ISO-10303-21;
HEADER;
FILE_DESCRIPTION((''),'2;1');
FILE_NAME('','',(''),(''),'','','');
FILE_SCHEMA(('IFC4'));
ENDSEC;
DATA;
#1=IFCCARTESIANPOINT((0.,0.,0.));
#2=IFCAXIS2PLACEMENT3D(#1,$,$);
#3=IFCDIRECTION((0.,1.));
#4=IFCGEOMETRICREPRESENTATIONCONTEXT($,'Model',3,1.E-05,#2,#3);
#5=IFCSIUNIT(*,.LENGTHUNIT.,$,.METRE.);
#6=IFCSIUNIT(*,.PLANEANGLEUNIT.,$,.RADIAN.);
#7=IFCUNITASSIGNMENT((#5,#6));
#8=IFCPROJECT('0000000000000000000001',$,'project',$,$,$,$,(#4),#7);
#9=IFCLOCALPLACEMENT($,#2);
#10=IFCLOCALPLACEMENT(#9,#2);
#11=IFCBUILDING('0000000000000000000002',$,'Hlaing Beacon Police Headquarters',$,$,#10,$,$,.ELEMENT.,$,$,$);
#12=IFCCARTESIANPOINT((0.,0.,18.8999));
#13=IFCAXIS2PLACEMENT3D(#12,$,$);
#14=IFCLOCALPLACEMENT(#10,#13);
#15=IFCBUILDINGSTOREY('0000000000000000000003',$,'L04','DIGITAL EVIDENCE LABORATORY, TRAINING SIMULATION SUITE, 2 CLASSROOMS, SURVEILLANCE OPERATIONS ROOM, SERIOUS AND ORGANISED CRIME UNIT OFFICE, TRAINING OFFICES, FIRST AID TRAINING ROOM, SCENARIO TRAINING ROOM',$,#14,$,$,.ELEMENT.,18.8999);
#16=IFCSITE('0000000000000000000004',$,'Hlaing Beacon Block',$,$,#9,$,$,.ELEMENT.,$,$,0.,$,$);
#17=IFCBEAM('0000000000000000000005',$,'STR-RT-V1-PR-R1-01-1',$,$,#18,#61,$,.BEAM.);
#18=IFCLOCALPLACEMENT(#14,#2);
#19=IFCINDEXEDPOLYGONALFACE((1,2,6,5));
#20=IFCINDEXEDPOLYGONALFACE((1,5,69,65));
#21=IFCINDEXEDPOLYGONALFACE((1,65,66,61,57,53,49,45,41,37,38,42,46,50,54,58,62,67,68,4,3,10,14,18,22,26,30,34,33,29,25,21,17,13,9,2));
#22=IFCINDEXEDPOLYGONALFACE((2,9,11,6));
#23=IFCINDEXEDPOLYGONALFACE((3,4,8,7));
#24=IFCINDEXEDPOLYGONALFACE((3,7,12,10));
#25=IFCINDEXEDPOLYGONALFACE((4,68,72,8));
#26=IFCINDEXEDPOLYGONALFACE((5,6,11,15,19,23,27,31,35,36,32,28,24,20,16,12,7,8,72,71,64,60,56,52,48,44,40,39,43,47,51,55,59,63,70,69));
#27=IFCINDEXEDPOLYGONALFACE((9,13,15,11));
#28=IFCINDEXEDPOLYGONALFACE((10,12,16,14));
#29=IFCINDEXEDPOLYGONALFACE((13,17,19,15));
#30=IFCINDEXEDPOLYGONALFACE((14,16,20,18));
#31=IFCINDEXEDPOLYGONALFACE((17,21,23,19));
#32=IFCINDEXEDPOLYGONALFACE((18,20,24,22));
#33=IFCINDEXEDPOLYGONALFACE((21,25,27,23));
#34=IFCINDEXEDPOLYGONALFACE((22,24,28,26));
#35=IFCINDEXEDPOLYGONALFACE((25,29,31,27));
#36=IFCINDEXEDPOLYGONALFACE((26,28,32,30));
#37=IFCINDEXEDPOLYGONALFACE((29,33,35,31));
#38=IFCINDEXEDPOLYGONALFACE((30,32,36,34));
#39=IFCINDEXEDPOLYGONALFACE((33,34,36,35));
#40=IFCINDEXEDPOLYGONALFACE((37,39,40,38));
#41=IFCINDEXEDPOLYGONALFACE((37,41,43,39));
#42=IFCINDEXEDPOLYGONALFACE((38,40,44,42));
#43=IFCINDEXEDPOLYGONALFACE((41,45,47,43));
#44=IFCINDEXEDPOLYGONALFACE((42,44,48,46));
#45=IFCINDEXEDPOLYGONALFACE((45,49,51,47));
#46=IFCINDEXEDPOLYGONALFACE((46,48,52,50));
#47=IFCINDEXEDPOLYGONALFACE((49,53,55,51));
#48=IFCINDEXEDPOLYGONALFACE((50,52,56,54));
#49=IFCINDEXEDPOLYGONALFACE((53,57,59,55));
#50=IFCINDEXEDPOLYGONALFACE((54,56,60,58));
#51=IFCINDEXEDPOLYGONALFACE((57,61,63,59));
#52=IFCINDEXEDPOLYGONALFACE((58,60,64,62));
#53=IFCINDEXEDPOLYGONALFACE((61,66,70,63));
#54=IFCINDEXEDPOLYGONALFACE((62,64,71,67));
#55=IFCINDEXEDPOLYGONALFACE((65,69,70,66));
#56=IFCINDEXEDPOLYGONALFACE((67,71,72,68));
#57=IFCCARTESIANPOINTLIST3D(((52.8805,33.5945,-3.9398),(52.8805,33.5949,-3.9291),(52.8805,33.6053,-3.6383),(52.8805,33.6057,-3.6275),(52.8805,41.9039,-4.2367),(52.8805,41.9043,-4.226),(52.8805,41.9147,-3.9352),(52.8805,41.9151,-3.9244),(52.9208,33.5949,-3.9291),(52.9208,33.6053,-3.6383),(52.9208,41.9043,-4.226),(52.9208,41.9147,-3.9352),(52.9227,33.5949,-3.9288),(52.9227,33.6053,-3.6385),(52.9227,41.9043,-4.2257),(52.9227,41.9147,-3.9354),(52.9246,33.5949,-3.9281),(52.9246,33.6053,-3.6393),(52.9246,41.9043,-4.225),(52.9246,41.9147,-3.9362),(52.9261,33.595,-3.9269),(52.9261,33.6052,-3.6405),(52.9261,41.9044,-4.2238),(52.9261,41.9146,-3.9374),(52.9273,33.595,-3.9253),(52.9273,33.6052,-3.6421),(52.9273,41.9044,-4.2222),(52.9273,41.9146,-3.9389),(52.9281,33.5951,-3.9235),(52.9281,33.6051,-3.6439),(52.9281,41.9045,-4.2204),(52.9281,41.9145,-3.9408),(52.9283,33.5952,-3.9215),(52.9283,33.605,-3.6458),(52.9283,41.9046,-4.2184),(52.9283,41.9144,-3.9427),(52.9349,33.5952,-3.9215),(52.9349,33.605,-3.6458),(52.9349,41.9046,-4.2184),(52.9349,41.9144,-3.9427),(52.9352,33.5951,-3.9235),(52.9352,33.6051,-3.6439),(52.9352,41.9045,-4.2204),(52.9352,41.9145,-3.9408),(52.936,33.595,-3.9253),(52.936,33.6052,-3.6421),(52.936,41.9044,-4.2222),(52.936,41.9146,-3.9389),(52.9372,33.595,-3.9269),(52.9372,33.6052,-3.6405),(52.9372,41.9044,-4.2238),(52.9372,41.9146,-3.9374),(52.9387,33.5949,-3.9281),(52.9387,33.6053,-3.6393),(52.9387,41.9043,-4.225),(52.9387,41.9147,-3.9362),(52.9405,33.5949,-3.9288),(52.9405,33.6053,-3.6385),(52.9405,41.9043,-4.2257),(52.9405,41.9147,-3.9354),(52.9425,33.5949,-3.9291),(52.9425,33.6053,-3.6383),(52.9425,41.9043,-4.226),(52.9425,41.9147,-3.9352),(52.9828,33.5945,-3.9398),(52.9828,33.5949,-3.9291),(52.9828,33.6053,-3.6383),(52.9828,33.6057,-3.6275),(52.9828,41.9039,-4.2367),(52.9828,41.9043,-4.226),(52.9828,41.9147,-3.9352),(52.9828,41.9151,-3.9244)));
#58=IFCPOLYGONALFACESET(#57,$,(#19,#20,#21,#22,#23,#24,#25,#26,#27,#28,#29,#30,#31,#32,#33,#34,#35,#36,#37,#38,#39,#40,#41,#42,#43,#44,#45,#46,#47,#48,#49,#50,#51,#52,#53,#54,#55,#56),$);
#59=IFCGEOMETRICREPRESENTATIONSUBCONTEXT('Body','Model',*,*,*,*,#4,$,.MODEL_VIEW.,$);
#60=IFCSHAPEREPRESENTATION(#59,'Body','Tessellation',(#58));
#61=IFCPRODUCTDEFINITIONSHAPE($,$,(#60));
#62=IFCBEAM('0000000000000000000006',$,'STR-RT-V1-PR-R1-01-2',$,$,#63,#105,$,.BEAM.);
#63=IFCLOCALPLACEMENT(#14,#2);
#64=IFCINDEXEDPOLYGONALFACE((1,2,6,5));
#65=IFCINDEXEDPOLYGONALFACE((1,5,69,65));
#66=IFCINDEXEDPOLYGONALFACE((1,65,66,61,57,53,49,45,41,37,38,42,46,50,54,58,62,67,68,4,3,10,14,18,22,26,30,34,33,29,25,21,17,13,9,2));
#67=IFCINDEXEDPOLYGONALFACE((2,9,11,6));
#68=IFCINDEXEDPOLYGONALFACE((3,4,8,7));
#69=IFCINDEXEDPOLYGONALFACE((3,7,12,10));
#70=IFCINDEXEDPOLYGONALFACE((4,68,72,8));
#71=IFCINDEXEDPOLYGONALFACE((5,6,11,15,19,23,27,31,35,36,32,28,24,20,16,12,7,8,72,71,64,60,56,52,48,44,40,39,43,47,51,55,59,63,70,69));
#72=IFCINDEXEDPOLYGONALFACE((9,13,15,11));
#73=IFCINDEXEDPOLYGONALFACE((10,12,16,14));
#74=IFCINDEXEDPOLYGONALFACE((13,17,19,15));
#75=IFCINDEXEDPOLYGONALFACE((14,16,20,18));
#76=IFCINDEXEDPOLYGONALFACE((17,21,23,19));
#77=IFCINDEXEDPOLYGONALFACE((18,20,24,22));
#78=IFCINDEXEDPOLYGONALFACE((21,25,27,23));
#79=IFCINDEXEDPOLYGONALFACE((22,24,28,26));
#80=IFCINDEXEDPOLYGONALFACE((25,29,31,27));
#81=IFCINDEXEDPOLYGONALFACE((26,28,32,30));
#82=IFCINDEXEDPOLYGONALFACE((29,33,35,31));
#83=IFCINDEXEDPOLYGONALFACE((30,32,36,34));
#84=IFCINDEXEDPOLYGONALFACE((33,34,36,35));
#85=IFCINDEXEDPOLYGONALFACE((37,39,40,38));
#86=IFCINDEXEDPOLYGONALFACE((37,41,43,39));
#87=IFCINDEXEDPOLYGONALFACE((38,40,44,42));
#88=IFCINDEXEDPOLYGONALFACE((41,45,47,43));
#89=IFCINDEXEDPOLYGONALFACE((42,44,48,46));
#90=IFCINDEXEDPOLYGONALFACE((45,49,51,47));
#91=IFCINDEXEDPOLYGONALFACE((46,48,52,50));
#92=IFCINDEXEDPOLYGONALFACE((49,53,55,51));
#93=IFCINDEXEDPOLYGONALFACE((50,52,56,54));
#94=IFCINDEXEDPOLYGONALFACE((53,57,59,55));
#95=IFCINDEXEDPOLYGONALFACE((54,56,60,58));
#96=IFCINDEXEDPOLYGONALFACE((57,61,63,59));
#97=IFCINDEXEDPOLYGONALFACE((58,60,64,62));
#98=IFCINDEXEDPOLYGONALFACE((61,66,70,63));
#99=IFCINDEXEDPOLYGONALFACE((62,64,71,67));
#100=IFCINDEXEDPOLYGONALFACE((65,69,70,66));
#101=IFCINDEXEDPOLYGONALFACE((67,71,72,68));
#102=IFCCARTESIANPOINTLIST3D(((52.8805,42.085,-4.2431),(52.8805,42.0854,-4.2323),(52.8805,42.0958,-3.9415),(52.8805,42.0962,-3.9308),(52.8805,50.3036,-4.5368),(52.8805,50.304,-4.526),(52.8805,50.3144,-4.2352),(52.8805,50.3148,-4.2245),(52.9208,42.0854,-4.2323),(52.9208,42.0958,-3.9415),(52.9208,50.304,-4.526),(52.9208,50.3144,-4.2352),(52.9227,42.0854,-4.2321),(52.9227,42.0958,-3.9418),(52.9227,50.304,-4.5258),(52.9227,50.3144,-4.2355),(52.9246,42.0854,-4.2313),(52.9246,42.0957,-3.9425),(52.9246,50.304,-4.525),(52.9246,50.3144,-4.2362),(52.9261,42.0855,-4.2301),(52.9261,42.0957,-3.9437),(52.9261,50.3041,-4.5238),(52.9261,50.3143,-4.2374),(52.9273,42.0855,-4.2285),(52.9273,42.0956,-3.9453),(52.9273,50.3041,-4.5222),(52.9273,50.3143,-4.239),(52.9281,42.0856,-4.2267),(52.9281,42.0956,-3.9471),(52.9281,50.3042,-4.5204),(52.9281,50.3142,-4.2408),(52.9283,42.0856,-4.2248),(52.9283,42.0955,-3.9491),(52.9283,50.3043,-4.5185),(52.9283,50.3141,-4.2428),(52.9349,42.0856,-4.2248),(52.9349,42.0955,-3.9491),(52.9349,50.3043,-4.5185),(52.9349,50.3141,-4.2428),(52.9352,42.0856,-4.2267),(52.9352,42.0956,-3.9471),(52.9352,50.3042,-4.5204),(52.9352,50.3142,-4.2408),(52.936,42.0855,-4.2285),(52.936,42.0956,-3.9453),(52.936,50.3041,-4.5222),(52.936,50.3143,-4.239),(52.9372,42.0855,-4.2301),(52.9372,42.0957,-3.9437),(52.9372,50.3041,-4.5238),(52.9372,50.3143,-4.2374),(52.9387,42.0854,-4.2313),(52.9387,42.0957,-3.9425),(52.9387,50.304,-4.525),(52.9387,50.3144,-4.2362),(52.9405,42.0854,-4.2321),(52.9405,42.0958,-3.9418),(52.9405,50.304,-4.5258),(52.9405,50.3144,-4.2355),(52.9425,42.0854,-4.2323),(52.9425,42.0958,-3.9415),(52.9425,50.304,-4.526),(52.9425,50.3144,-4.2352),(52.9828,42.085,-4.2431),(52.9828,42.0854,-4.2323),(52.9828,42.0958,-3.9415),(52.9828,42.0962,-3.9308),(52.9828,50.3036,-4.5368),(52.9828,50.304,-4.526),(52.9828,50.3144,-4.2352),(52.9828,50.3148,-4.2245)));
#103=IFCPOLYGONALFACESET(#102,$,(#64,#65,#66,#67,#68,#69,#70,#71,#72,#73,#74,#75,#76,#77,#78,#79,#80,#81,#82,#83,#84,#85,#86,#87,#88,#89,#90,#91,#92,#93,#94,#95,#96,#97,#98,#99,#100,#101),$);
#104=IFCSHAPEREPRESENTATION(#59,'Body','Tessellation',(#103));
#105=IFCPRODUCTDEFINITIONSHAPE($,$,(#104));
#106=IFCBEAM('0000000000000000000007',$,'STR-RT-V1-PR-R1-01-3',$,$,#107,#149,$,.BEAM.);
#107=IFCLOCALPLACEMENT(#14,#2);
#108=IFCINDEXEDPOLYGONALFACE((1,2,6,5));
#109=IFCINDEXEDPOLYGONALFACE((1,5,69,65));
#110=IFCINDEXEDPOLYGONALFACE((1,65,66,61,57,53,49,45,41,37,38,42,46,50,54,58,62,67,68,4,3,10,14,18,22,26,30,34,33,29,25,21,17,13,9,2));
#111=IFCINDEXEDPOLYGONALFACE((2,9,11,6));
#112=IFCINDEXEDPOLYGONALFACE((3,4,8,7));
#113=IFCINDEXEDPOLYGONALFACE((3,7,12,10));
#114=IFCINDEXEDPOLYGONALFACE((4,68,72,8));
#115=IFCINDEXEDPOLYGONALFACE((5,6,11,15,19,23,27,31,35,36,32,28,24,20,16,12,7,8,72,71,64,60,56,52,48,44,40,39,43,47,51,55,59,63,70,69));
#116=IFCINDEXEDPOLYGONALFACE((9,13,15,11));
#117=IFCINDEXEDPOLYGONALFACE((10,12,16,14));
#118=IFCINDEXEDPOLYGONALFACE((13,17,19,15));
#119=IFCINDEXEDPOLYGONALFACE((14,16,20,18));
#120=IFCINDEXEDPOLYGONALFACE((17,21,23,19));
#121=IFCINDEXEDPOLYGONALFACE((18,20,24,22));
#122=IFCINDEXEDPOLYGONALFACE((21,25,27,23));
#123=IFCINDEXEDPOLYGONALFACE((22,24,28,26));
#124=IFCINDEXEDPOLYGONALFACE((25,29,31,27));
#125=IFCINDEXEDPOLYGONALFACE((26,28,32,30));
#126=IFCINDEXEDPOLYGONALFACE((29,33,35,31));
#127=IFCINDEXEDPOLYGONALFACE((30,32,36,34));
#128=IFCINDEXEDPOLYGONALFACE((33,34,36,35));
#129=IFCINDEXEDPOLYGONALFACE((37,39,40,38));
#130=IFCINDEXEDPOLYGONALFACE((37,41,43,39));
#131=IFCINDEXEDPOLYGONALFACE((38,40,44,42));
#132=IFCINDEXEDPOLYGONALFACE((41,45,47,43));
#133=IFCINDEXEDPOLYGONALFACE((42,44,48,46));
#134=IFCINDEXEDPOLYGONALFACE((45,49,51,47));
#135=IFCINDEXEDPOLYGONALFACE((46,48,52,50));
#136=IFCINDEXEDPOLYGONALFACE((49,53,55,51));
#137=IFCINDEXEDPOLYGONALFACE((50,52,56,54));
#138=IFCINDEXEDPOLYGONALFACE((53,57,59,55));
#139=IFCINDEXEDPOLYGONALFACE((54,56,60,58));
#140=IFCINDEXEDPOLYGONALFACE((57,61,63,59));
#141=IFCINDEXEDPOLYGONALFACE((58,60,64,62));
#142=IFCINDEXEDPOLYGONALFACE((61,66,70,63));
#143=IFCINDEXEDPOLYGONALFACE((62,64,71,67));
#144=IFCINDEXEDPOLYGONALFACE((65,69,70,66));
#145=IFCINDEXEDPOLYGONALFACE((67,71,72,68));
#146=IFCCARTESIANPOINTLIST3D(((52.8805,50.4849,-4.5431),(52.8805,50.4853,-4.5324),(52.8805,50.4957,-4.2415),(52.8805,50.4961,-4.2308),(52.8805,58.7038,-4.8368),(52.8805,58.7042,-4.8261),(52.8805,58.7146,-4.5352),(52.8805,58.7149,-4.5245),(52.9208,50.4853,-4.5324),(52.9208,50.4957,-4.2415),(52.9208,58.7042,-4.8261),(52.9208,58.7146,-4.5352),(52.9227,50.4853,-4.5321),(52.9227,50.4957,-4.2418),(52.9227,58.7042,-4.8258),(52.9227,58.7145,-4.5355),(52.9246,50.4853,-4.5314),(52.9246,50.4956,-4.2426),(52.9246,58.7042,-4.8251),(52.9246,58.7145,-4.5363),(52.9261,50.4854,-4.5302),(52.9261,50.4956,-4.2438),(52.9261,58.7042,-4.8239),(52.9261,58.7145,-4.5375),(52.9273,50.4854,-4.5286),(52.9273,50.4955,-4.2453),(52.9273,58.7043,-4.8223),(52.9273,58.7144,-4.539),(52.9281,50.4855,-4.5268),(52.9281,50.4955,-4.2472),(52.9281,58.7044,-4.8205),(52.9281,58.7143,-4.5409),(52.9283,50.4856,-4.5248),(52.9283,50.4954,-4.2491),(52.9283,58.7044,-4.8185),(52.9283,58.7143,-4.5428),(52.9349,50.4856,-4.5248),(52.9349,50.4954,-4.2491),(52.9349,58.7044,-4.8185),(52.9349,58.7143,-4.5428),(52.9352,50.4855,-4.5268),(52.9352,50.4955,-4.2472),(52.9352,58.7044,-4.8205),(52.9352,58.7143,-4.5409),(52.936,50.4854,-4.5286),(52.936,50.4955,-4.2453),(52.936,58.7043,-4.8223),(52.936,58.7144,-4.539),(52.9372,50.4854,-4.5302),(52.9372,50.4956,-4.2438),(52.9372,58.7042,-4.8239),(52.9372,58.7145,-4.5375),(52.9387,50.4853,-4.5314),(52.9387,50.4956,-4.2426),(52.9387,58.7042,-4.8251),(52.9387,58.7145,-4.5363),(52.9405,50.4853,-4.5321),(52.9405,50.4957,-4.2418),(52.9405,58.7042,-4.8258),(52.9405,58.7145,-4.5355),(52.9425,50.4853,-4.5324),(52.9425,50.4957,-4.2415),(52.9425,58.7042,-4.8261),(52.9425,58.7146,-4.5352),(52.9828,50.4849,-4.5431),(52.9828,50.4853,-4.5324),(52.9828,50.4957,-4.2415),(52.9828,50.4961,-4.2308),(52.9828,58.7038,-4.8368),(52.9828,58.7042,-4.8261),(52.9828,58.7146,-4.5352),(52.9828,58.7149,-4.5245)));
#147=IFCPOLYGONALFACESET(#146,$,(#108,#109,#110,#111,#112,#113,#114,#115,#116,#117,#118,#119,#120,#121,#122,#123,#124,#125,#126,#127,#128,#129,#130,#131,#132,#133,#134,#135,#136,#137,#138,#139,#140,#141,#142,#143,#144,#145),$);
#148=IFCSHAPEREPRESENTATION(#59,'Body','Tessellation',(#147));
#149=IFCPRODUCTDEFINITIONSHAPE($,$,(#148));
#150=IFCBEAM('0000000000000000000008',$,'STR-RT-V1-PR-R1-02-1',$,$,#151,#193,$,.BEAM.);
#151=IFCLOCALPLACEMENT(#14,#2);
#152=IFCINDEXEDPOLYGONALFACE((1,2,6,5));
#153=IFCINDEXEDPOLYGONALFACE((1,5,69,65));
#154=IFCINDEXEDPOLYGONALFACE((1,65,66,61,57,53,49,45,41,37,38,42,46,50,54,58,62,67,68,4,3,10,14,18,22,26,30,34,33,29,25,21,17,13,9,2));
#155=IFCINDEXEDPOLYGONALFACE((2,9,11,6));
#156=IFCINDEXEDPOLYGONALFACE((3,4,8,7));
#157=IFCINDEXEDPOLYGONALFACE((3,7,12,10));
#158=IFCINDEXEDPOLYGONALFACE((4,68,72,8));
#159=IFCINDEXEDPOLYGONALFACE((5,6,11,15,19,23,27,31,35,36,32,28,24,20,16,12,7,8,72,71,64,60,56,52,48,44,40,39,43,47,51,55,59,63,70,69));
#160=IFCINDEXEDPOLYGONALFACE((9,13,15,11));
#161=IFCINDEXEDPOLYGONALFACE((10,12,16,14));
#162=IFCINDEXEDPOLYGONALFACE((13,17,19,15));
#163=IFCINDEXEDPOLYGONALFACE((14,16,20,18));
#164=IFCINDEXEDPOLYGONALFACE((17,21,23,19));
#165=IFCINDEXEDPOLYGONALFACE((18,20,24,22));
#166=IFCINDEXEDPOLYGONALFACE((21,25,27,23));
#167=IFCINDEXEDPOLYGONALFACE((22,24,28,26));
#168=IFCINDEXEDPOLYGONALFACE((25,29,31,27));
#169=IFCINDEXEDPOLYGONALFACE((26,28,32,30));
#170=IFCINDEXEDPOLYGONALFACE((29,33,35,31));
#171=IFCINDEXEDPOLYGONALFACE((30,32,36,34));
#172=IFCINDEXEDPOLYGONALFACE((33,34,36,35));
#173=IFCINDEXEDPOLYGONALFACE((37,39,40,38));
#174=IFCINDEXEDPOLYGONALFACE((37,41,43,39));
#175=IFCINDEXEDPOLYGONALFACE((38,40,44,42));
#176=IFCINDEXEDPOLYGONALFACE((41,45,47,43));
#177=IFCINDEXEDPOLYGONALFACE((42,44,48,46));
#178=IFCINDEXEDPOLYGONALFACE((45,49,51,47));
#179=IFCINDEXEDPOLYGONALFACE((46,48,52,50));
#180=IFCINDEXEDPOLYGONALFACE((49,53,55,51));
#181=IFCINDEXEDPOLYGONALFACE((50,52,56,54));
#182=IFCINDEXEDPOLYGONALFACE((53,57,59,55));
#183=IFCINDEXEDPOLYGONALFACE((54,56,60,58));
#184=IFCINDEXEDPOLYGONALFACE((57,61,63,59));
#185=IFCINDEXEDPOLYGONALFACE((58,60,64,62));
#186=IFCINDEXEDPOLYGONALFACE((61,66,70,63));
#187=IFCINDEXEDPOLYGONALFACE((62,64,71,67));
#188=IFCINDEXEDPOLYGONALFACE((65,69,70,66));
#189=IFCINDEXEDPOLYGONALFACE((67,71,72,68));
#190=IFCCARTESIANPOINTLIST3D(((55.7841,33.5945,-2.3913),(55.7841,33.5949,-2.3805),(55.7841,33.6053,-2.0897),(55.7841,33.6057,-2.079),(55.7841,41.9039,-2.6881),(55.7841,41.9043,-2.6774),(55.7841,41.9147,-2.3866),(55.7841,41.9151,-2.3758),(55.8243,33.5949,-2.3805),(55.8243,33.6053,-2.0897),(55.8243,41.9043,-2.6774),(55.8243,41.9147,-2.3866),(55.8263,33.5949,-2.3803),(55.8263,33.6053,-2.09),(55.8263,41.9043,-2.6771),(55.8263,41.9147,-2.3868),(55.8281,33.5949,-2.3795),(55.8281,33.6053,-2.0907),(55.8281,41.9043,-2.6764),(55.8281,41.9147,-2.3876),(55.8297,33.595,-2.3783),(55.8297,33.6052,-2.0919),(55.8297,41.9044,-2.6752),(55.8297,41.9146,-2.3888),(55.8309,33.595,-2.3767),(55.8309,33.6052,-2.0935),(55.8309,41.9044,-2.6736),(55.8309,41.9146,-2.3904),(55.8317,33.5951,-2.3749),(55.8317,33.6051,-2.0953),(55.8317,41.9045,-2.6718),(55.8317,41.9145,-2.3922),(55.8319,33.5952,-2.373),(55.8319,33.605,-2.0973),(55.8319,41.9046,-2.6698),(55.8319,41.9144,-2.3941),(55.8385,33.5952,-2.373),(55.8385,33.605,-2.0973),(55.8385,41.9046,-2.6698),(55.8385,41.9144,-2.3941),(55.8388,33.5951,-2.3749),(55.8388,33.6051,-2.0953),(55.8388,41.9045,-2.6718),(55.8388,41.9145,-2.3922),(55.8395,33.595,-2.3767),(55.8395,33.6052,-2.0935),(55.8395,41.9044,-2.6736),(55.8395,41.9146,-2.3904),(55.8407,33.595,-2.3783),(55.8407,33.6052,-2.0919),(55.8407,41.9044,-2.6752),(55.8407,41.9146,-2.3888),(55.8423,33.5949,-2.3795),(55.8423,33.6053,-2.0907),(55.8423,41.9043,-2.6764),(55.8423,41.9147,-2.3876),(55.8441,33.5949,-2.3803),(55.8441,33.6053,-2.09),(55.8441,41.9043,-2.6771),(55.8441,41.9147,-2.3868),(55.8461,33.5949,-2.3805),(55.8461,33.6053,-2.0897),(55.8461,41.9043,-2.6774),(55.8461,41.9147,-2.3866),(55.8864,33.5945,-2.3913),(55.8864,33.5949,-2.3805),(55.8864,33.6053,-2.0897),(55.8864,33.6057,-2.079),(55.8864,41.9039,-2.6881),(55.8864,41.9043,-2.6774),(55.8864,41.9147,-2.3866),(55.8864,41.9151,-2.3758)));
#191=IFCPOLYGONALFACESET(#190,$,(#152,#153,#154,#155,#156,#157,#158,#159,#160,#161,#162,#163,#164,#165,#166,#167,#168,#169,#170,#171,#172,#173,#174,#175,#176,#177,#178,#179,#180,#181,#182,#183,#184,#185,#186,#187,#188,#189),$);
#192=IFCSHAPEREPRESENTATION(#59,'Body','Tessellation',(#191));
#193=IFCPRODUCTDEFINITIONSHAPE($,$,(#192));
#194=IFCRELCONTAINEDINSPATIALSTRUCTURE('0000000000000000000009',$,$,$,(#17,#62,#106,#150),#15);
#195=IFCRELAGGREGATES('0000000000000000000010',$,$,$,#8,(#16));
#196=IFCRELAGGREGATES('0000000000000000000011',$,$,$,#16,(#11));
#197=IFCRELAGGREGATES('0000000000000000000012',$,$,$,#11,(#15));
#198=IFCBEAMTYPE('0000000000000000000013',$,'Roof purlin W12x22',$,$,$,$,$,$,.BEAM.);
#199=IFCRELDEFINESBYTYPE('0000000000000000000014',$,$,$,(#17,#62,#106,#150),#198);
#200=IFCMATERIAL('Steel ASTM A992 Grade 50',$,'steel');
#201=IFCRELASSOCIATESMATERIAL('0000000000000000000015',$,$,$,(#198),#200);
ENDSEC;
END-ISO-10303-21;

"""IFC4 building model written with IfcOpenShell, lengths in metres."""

from ifc_helpers import new_model, si_unit, direction, frame, origin, origin_2d, place, context, subcontext, project, spatial, i_section, extrude, material, material_profile, profile_set, type_object, element, save


model = new_model("IFC4")

# Units and contexts
model_context = context("Model", 3, precision=1e-05, world=origin(), true_north=direction((0.0, 1.0)))
body_context = subcontext(model_context, "Body", "Model", "MODEL_VIEW")
ifc_project = project(units=[si_unit("LENGTHUNIT", "METRE"), si_unit("PLANEANGLEUNIT", "RADIAN")], contexts=[model_context])

# Site, building, storey
site_placement = place(None, origin())
site = spatial("IfcSite", under=ifc_project, at=site_placement, Name="Hlaing Beacon Block", CompositionType="ELEMENT", RefElevation=0.0)
building_placement = place(site_placement, origin())
building = spatial("IfcBuilding", under=site, at=building_placement, Name="Hlaing Beacon Police Headquarters", CompositionType="ELEMENT")
storey_placement = place(building_placement, frame((0.0, 0.0, 18.8999)))
storey = spatial("IfcBuildingStorey", under=building, at=storey_placement, Name="L04", Description="DIGITAL EVIDENCE LABORATORY, TRAINING SIMULATION SUITE, 2 CLASSROOMS, SURVEILLANCE OPERATIONS ROOM, SERIOUS AND ORGANISED CRIME UNIT OFFICE, TRAINING OFFICES, FIRST AID TRAINING ROOM, SCENARIO TRAINING ROOM", CompositionType="ELEMENT", Elevation=18.8999)

# Beams
ifc_material_1 = material(Name="Steel ASTM A992 Grade 50", Category="steel")
ifc_material_profile_1 = material_profile(ifc_material_1, i_section(OverallWidth=0.1023, OverallDepth=0.3125, WebThickness=0.0066, FlangeThickness=0.0107, FilletRadius=0.0076, at=origin_2d()), Name="W12x22")
ifc_profile_set_1 = profile_set([ifc_material_profile_1], Name="Steel ASTM A992 Grade 50")
beam_type_1 = type_object("IfcBeamType", Name="Roof purlin W12x22", PredefinedType="BEAM", material=ifc_profile_set_1)
beam_1_placement = place(storey_placement, frame((52.9316, 33.6001, -3.7837), z_axis=(0.0, 0.999362, -0.035705), x_axis=(-1.0, 0.0, 0.0)))
element("IfcBeam", 1, at=beam_1_placement, inside=storey, type_object=beam_type_1, Name="STR-RT-V1-PR-R1-01-1", PredefinedType="BEAM", context=body_context, shape_type="SweptSolid", body=[
    extrude(i_section(OverallWidth=0.1023, OverallDepth=0.3125, WebThickness=0.0066, FlangeThickness=0.0107, FilletRadius=0.0076, at=origin_2d()), origin(), (0.0, 0.0, 1.0), 8.3147),
])
beam_2_placement = place(storey_placement, frame((52.9316, 42.0906, -4.0869), z_axis=(0.0, 0.999362, -0.035713), x_axis=(-1.0, 0.0, 0.0)))
element("IfcBeam", 2, at=beam_2_placement, inside=storey, type_object=beam_type_1, Name="STR-RT-V1-PR-R1-01-2", PredefinedType="BEAM", context=body_context, shape_type="SweptSolid", body=[
    extrude(i_section(OverallWidth=0.1023, OverallDepth=0.3125, WebThickness=0.0066, FlangeThickness=0.0107, FilletRadius=0.0076, at=origin_2d()), origin(), (0.0, 0.0, 1.0), 8.2239),
])
beam_3_placement = place(storey_placement, frame((52.9316, 50.4905, -4.387), z_axis=(0.0, 0.999362, -0.035712), x_axis=(-1.0, 0.0, 0.0)))
element("IfcBeam", 3, at=beam_3_placement, inside=storey, type_object=beam_type_1, Name="STR-RT-V1-PR-R1-01-3", PredefinedType="BEAM", context=body_context, shape_type="SweptSolid", body=[
    extrude(i_section(OverallWidth=0.1023, OverallDepth=0.3125, WebThickness=0.0066, FlangeThickness=0.0107, FilletRadius=0.0076, at=origin_2d()), origin(), (0.0, 0.0, 1.0), 8.2241),
])
beam_4_placement = place(storey_placement, frame((55.8352, 33.6001, -2.2351), z_axis=(0.0, 0.999362, -0.035705), x_axis=(-1.0, 0.0, 0.0)))
element("IfcBeam", 4, at=beam_4_placement, inside=storey, type_object=beam_type_1, Name="STR-RT-V1-PR-R1-02-1", PredefinedType="BEAM", context=body_context, shape_type="SweptSolid", body=[
    extrude(i_section(OverallWidth=0.1023, OverallDepth=0.3125, WebThickness=0.0066, FlangeThickness=0.0107, FilletRadius=0.0076, at=origin_2d()), origin(), (0.0, 0.0, 1.0), 8.3147),
])

save(model, "model.ifc")
